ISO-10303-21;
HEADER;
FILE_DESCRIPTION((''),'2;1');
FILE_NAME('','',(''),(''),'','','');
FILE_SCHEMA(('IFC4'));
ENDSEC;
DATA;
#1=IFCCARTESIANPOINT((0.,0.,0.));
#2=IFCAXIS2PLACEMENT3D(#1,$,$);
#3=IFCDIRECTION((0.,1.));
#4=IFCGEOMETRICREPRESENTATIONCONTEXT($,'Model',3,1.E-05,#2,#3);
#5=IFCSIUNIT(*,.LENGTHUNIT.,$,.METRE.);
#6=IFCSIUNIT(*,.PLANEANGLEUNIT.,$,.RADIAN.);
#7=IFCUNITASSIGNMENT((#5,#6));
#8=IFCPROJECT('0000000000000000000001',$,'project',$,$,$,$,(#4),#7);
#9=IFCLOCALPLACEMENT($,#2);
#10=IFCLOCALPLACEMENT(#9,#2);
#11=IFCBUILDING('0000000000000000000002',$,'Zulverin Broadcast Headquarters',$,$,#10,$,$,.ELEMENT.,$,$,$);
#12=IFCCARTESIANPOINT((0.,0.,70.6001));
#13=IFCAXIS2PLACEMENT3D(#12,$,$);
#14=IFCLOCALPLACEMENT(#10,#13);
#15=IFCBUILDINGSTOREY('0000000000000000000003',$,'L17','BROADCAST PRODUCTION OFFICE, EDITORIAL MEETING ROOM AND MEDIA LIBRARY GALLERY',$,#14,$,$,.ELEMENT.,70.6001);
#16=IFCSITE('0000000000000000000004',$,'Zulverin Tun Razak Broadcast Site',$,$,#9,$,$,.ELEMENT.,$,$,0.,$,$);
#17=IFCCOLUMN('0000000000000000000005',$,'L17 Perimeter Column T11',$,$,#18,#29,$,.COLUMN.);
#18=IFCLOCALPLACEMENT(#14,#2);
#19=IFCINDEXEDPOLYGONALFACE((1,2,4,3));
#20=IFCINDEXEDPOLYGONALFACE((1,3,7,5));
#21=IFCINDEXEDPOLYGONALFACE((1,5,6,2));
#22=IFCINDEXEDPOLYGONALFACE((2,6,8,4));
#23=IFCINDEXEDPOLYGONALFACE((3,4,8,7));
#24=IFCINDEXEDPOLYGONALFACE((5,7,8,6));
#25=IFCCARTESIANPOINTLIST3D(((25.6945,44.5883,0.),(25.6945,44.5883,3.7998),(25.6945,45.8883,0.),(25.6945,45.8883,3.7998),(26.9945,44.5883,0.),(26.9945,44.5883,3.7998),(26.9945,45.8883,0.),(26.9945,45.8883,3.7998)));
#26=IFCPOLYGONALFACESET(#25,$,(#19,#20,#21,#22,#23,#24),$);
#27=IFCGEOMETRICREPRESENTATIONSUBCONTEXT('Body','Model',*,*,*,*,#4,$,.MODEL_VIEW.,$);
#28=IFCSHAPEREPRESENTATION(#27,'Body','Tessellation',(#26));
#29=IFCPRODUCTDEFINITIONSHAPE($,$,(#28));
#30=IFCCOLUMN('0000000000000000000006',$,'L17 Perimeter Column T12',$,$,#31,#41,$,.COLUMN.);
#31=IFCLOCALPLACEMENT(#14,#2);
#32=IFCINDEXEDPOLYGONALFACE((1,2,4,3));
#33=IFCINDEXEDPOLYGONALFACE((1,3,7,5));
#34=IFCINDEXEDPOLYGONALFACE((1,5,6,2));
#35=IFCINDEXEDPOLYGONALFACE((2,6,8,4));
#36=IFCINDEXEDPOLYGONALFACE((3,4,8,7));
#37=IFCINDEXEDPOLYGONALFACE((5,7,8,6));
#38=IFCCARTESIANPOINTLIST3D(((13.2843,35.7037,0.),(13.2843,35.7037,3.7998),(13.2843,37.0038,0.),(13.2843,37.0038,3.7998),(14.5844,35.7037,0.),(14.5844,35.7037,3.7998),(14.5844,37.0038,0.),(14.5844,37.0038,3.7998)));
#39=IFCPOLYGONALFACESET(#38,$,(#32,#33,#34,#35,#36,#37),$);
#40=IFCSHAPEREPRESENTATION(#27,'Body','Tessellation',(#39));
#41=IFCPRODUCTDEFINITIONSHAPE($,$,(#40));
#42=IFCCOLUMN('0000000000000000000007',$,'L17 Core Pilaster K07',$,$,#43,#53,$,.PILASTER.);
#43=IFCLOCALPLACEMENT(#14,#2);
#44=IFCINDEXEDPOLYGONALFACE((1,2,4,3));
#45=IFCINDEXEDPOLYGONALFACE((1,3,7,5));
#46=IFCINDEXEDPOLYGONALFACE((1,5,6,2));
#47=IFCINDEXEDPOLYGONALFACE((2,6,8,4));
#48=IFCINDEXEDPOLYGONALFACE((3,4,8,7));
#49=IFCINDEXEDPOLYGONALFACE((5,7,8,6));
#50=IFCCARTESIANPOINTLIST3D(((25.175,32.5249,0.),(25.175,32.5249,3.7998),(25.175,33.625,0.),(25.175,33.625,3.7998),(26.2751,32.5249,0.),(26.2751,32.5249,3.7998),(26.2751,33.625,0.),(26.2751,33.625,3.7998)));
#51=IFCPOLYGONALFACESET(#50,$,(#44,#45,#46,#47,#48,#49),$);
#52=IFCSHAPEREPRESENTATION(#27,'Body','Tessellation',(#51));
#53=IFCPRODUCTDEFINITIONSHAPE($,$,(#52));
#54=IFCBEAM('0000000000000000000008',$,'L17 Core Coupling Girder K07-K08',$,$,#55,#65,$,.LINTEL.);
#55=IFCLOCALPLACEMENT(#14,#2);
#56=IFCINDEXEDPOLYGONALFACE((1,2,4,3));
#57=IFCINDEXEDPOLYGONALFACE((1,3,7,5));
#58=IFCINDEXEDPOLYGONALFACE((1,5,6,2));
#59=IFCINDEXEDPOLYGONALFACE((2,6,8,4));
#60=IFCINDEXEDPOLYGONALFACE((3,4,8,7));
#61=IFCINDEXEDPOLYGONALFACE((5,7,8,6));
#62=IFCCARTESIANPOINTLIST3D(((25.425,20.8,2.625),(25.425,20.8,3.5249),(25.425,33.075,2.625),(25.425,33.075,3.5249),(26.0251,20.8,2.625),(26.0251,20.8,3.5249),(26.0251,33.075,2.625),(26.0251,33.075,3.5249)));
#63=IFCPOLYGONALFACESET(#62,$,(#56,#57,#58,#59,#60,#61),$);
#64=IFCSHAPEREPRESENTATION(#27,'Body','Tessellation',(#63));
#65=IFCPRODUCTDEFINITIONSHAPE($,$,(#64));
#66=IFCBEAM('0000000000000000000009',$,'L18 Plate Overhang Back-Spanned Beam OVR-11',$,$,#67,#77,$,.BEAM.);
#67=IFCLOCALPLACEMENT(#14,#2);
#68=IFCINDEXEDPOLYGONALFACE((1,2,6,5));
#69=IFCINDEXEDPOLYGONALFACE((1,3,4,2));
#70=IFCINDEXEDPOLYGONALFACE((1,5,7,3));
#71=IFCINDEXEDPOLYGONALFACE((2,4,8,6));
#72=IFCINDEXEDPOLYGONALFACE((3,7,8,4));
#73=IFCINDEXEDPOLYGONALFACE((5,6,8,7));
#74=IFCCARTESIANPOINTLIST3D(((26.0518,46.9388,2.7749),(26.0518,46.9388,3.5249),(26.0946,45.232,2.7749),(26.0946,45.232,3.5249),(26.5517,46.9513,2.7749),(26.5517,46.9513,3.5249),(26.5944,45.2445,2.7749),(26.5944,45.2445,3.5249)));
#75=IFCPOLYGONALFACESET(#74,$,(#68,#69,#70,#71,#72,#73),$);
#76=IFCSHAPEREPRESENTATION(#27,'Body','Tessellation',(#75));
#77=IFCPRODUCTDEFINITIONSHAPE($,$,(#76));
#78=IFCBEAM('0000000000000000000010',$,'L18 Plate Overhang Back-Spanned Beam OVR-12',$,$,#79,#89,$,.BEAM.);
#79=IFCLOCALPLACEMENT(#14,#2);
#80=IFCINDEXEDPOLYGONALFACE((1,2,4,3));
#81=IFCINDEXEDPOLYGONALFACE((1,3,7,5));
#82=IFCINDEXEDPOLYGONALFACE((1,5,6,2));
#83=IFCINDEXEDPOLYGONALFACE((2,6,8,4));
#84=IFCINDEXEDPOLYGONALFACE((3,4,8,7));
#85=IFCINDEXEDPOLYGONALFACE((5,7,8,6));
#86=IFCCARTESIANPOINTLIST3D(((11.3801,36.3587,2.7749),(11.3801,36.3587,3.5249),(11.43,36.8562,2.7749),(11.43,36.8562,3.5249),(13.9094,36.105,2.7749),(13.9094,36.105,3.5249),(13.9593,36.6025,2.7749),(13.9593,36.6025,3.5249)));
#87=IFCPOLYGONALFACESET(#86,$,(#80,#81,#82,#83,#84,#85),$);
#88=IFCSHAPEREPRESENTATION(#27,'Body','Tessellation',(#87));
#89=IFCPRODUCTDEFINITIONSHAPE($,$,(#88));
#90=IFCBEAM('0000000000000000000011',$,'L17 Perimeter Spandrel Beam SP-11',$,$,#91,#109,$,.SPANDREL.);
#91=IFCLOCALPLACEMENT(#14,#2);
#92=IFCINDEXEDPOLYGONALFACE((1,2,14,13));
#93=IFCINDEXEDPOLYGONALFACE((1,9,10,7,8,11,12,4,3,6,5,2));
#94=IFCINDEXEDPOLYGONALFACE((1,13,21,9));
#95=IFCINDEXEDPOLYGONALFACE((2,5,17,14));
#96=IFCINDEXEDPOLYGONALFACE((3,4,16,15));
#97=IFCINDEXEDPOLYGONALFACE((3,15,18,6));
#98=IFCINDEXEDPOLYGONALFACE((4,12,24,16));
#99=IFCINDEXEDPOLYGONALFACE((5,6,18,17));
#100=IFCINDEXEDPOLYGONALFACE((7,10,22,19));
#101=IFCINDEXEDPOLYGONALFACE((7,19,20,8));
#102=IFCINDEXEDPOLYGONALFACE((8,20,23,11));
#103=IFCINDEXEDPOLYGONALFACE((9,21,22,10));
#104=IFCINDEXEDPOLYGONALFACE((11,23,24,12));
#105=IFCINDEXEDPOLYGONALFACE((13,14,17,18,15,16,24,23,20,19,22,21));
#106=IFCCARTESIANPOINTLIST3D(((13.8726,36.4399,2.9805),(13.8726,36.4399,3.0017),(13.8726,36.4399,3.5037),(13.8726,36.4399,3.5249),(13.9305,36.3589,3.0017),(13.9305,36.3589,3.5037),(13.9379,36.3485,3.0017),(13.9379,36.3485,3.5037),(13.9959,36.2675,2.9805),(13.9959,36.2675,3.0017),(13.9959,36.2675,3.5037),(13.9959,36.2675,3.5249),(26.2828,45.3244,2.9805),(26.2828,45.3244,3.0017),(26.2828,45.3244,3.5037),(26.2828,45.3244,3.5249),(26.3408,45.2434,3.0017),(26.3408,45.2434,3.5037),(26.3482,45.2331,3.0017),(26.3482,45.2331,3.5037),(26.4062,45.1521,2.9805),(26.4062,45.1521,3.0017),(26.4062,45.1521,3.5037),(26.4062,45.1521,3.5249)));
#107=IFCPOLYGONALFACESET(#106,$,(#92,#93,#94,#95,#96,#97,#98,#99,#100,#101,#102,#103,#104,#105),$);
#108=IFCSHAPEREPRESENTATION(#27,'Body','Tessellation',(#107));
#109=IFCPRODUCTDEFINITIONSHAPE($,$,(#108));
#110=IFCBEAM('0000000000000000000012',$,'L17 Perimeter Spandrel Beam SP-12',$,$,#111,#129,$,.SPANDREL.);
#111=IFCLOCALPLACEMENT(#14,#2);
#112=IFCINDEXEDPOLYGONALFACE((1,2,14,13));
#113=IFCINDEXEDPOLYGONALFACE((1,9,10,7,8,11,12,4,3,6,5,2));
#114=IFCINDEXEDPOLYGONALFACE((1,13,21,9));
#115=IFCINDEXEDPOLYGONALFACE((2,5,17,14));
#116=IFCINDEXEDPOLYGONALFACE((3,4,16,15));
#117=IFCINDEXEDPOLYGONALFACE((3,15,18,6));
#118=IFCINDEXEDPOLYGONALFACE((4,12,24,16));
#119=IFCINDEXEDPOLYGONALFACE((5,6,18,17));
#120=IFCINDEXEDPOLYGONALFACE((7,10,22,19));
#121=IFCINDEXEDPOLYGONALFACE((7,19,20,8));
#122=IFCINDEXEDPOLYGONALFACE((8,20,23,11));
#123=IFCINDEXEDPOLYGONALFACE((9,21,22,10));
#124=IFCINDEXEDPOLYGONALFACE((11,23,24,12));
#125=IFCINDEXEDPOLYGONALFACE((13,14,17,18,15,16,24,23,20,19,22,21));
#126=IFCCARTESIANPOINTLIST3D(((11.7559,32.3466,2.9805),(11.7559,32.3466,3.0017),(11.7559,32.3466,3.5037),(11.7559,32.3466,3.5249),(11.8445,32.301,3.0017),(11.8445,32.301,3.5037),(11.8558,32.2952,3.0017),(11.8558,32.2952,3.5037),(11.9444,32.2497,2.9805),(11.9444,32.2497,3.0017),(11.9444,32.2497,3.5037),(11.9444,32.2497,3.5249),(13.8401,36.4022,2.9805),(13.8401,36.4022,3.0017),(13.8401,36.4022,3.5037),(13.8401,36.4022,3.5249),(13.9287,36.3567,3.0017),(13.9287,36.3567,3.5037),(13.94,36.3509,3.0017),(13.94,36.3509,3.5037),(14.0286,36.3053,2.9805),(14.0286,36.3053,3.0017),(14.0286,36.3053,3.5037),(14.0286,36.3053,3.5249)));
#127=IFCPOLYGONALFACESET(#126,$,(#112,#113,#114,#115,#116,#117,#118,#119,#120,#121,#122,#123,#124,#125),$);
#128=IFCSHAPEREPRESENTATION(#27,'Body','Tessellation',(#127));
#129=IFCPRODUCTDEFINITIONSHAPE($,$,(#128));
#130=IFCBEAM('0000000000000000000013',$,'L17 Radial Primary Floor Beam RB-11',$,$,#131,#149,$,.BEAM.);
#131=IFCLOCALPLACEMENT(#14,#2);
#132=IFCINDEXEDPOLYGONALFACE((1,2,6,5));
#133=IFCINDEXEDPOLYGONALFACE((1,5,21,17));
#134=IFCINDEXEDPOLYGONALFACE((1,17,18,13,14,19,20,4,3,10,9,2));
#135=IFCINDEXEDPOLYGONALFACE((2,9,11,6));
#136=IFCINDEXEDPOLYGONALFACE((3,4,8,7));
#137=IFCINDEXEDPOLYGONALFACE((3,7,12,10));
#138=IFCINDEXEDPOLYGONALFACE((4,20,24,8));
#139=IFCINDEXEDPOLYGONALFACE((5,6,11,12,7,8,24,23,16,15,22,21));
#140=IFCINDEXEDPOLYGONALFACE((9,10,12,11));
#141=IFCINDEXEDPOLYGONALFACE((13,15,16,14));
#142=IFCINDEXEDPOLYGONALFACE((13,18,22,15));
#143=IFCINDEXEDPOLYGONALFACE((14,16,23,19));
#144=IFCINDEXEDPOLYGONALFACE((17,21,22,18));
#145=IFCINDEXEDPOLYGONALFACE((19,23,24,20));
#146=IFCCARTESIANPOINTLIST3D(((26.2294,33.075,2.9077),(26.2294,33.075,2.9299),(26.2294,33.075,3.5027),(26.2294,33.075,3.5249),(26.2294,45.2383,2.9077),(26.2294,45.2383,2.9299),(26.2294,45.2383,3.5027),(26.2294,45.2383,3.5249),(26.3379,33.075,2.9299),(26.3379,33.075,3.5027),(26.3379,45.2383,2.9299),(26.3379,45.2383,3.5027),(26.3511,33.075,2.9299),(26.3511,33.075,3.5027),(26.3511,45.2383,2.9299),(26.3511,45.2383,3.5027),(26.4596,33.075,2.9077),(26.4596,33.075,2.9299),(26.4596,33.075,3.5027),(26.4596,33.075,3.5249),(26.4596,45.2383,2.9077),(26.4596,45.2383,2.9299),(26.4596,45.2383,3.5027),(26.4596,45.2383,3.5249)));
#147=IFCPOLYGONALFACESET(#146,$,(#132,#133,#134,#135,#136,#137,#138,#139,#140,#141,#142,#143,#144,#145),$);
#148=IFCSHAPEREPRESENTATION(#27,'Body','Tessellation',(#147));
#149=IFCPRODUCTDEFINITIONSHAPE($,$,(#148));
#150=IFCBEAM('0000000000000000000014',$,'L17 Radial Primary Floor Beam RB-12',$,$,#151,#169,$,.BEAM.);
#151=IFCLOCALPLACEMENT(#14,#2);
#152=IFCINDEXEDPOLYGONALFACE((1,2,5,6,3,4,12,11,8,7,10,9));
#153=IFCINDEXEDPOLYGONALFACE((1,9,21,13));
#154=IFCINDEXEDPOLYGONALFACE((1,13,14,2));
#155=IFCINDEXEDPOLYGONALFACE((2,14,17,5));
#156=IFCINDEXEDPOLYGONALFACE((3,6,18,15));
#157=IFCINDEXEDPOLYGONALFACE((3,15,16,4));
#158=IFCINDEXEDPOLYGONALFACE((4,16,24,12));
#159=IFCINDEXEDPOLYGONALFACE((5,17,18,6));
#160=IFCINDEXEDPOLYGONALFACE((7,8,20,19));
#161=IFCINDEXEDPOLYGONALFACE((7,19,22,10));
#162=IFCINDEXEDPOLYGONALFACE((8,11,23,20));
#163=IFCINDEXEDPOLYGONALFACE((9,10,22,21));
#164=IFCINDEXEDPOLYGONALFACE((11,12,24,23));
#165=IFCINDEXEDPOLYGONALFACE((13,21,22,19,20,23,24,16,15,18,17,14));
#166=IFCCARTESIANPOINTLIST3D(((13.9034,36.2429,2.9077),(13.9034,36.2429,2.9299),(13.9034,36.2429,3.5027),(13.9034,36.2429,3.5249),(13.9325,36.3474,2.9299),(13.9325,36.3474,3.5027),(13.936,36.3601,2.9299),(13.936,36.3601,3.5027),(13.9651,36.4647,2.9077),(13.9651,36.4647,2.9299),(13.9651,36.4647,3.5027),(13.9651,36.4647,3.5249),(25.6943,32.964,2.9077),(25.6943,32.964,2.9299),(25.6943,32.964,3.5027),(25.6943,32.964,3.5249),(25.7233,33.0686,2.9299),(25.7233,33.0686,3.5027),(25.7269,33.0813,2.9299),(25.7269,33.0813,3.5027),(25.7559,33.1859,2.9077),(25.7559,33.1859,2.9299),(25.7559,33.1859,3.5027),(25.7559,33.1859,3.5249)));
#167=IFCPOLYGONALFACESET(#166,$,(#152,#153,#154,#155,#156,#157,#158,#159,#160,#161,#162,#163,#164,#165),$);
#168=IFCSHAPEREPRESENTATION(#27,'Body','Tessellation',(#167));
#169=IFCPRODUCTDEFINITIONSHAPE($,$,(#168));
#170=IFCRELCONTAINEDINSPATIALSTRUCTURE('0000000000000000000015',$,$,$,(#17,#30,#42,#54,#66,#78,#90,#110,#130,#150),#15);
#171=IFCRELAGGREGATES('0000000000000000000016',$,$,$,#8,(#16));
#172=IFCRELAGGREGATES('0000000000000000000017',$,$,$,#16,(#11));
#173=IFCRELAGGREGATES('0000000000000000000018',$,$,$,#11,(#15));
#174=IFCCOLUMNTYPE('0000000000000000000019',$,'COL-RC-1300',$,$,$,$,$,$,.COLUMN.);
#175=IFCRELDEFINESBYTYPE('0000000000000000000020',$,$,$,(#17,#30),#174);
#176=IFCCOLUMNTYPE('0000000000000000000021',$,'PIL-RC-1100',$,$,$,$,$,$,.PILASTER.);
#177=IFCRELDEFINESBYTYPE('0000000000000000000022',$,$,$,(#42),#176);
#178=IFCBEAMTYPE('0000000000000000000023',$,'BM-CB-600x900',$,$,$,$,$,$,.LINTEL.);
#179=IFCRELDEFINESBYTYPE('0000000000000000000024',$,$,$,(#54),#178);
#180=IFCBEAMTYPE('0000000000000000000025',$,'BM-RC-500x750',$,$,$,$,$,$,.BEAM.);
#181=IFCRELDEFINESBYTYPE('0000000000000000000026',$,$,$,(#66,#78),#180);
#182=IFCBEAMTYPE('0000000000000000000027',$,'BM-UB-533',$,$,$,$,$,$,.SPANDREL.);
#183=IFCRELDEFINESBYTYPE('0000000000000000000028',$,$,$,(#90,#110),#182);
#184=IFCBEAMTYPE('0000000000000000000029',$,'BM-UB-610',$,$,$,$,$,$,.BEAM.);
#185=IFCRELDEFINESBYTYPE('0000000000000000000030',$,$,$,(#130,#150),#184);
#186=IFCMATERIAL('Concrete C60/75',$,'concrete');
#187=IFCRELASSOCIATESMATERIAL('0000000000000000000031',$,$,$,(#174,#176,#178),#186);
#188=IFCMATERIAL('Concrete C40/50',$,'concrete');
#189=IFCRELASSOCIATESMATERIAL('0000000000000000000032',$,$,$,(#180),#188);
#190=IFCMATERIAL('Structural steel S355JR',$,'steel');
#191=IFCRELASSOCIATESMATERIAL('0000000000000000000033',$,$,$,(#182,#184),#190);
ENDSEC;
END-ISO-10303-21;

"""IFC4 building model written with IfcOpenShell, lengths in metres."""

from ifc_helpers import new_model, si_unit, direction, frame, origin, origin_2d, place, context, subcontext, project, spatial, rectangle, i_section, extrude, material, material_profile, profile_set, type_object, element, save


model = new_model("IFC4")

# Units and contexts
model_context = context("Model", 3, precision=1e-05, world=origin(), true_north=direction((0.0, 1.0)))
body_context = subcontext(model_context, "Body", "Model", "MODEL_VIEW")
ifc_project = project(units=[si_unit("LENGTHUNIT", "METRE"), si_unit("PLANEANGLEUNIT", "RADIAN")], contexts=[model_context])

# Site, building, storey
site_placement = place(None, origin())
site = spatial("IfcSite", under=ifc_project, at=site_placement, Name="Zulverin Tun Razak Broadcast Site", CompositionType="ELEMENT", RefElevation=0.0)
building_placement = place(site_placement, origin())
building = spatial("IfcBuilding", under=site, at=building_placement, Name="Zulverin Broadcast Headquarters", CompositionType="ELEMENT")
storey_placement = place(building_placement, frame((0.0, 0.0, 70.6001)))
storey = spatial("IfcBuildingStorey", under=building, at=storey_placement, Name="L17", Description="BROADCAST PRODUCTION OFFICE, EDITORIAL MEETING ROOM AND MEDIA LIBRARY GALLERY", CompositionType="ELEMENT", Elevation=70.6001)

# Columns
ifc_material_1 = material(Name="Concrete C60/75", Category="concrete")
ifc_material_profile_1 = material_profile(ifc_material_1, rectangle(XDim=1.3, YDim=1.3, at=origin_2d()), Name="Concrete C60/75", Category="concrete")
ifc_profile_set_1 = profile_set([ifc_material_profile_1], Name="Concrete C60/75")
column_type_1 = type_object("IfcColumnType", Name="COL-RC-1300", PredefinedType="COLUMN", material=ifc_profile_set_1)
for number, where, z_axis, x_axis, name in (
    (1, (26.3445, 45.2383, 0.0), (0.0, 0.0, 1.0), (1.0, 0.0, 0.0), "L17 Perimeter Column T11"),
    (2, (13.9343, 36.3538, 0.0), (0.0, 0.0, 1.0), (1.0, 0.0, 0.0), "L17 Perimeter Column T12"),
):
    element("IfcColumn", number, at=place(storey_placement, frame(where, z_axis=z_axis, x_axis=x_axis)), inside=storey, type_object=column_type_1, Name=name, PredefinedType="COLUMN", context=body_context, shape_type="SweptSolid", body=[
        extrude(rectangle(XDim=1.3, YDim=1.3, at=origin_2d()), origin(), (0.0, 0.0, 1.0), 3.7998),
    ])
ifc_material_profile_2 = material_profile(ifc_material_1, rectangle(XDim=1.1001, YDim=1.1001, at=origin_2d()), Name="Concrete C60/75", Category="concrete")
ifc_profile_set_2 = profile_set([ifc_material_profile_2], Name="Concrete C60/75")
column_type_2 = type_object("IfcColumnType", Name="PIL-RC-1100", PredefinedType="PILASTER", material=ifc_profile_set_2)
column_placement = place(storey_placement, frame((25.7251, 33.075, 0.0), z_axis=(0.0, 0.0, 1.0), x_axis=(1.0, 0.0, 0.0)))
element("IfcColumn", 3, at=column_placement, inside=storey, type_object=column_type_2, Name="L17 Core Pilaster K07", PredefinedType="PILASTER", context=body_context, shape_type="SweptSolid", body=[
    extrude(rectangle(XDim=1.1001, YDim=1.1001, at=origin_2d()), origin(), (0.0, 0.0, 1.0), 3.7998),
])

# Beams
ifc_material_profile_3 = material_profile(ifc_material_1, rectangle(XDim=0.6001, YDim=0.8999, at=origin_2d()), Name="Concrete C60/75", Category="concrete")
ifc_profile_set_3 = profile_set([ifc_material_profile_3], Name="Concrete C60/75")
beam_type_1 = type_object("IfcBeamType", Name="BM-CB-600x900", PredefinedType="LINTEL", material=ifc_profile_set_3)
beam_1_placement = place(storey_placement, frame((25.7251, 33.075, 3.075), z_axis=(0.0, -1.0, 0.0), x_axis=(1.0, 0.0, 0.0)))
element("IfcBeam", 4, at=beam_1_placement, inside=storey, type_object=beam_type_1, Name="L17 Core Coupling Girder K07-K08", PredefinedType="LINTEL", context=body_context, shape_type="SweptSolid", body=[
    extrude(rectangle(XDim=0.6001, YDim=0.8999, at=origin_2d()), origin(), (0.0, 0.0, 1.0), 12.2749),
])
ifc_material_2 = material(Name="Concrete C40/50", Category="concrete")
ifc_material_profile_4 = material_profile(ifc_material_2, rectangle(XDim=0.5, YDim=0.75, at=origin_2d()), Name="Concrete C40/50", Category="concrete")
ifc_profile_set_4 = profile_set([ifc_material_profile_4], Name="Concrete C40/50")
beam_type_2 = type_object("IfcBeamType", Name="BM-RC-500x750", PredefinedType="BEAM", material=ifc_profile_set_4)
beam_2_placement = place(storey_placement, frame((26.3445, 45.2383, 3.1499), z_axis=(-0.025024, 0.999687, 0.0), x_axis=(-0.999687, -0.025024, 0.0)))
element("IfcBeam", 5, at=beam_2_placement, inside=storey, type_object=beam_type_2, Name="L18 Plate Overhang Back-Spanned Beam OVR-11", PredefinedType="BEAM", context=body_context, shape_type="SweptSolid", body=[
    extrude(rectangle(XDim=0.5, YDim=0.75, at=origin_2d()), origin(), (0.0, 0.0, 1.0), 1.7073),
])
beam_3_placement = place(storey_placement, frame((13.9343, 36.3538, 3.1499), z_axis=(-0.995009, 0.099789, 0.0), x_axis=(-0.099789, -0.995009, 0.0)))
element("IfcBeam", 6, at=beam_3_placement, inside=storey, type_object=beam_type_2, Name="L18 Plate Overhang Back-Spanned Beam OVR-12", PredefinedType="BEAM", context=body_context, shape_type="SweptSolid", body=[
    extrude(rectangle(XDim=0.5, YDim=0.75, at=origin_2d()), origin(), (0.0, 0.0, 1.0), 2.542),
])
ifc_material_3 = material(Name="Structural steel S355JR", Category="steel")
ifc_material_profile_5 = material_profile(ifc_material_3, i_section(OverallWidth=0.2119, OverallDepth=0.5444, WebThickness=0.0127, FlangeThickness=0.0212, at=origin_2d()), Name="Structural steel S355JR", Category="steel")
ifc_profile_set_5 = profile_set([ifc_material_profile_5], Name="Structural steel S355JR")
beam_type_3 = type_object("IfcBeamType", Name="BM-UB-533", PredefinedType="SPANDREL", material=ifc_profile_set_5)
beam_4_placement = place(storey_placement, frame((26.3445, 45.2383, 3.2527), z_axis=(-0.813109, -0.582111, 0.0), x_axis=(0.582111, -0.813109, 0.0)))
element("IfcBeam", 7, at=beam_4_placement, inside=storey, type_object=beam_type_3, Name="L17 Perimeter Spandrel Beam SP-11", PredefinedType="SPANDREL", context=body_context, shape_type="SweptSolid", body=[
    extrude(i_section(OverallWidth=0.2119, OverallDepth=0.5444, WebThickness=0.0127, FlangeThickness=0.0212, at=origin_2d()), origin(), (0.0, 0.0, 1.0), 15.2627),
])
beam_5_placement = place(storey_placement, frame((13.9343, 36.3538, 3.2527), z_axis=(-0.457081, -0.889425, 0.0), x_axis=(0.889425, -0.457081, 0.0)))
element("IfcBeam", 8, at=beam_5_placement, inside=storey, type_object=beam_type_3, Name="L17 Perimeter Spandrel Beam SP-12", PredefinedType="SPANDREL", context=body_context, shape_type="SweptSolid", body=[
    extrude(i_section(OverallWidth=0.2119, OverallDepth=0.5444, WebThickness=0.0127, FlangeThickness=0.0212, at=origin_2d()), origin(), (0.0, 0.0, 1.0), 4.5598),
])
ifc_material_profile_6 = material_profile(ifc_material_3, i_section(OverallWidth=0.2302, OverallDepth=0.6172, WebThickness=0.0132, FlangeThickness=0.0222, at=origin_2d()), Name="Structural steel S355JR", Category="steel")
ifc_profile_set_6 = profile_set([ifc_material_profile_6], Name="Structural steel S355JR")
beam_type_4 = type_object("IfcBeamType", Name="BM-UB-610", PredefinedType="BEAM", material=ifc_profile_set_6)
beam_6_placement = place(storey_placement, frame((26.3445, 33.075, 3.2163), z_axis=(0.0, 1.0, 0.0), x_axis=(-1.0, 0.0, 0.0)))
element("IfcBeam", 9, at=beam_6_placement, inside=storey, type_object=beam_type_4, Name="L17 Radial Primary Floor Beam RB-11", PredefinedType="BEAM", context=body_context, shape_type="SweptSolid", body=[
    extrude(i_section(OverallWidth=0.2302, OverallDepth=0.6172, WebThickness=0.0132, FlangeThickness=0.0222, at=origin_2d()), origin(), (0.0, 0.0, 1.0), 12.1633),
])
beam_7_placement = place(storey_placement, frame((25.7251, 33.075, 3.2163), z_axis=(-0.963442, 0.267917, 0.0), x_axis=(-0.267917, -0.963442, 0.0)))
element("IfcBeam", 10, at=beam_7_placement, inside=storey, type_object=beam_type_4, Name="L17 Radial Primary Floor Beam RB-12", PredefinedType="BEAM", context=body_context, shape_type="SweptSolid", body=[
    extrude(i_section(OverallWidth=0.2302, OverallDepth=0.6172, WebThickness=0.0132, FlangeThickness=0.0222, at=origin_2d()), origin(), (0.0, 0.0, 1.0), 12.2383),
])

save(model, "model.ifc")
